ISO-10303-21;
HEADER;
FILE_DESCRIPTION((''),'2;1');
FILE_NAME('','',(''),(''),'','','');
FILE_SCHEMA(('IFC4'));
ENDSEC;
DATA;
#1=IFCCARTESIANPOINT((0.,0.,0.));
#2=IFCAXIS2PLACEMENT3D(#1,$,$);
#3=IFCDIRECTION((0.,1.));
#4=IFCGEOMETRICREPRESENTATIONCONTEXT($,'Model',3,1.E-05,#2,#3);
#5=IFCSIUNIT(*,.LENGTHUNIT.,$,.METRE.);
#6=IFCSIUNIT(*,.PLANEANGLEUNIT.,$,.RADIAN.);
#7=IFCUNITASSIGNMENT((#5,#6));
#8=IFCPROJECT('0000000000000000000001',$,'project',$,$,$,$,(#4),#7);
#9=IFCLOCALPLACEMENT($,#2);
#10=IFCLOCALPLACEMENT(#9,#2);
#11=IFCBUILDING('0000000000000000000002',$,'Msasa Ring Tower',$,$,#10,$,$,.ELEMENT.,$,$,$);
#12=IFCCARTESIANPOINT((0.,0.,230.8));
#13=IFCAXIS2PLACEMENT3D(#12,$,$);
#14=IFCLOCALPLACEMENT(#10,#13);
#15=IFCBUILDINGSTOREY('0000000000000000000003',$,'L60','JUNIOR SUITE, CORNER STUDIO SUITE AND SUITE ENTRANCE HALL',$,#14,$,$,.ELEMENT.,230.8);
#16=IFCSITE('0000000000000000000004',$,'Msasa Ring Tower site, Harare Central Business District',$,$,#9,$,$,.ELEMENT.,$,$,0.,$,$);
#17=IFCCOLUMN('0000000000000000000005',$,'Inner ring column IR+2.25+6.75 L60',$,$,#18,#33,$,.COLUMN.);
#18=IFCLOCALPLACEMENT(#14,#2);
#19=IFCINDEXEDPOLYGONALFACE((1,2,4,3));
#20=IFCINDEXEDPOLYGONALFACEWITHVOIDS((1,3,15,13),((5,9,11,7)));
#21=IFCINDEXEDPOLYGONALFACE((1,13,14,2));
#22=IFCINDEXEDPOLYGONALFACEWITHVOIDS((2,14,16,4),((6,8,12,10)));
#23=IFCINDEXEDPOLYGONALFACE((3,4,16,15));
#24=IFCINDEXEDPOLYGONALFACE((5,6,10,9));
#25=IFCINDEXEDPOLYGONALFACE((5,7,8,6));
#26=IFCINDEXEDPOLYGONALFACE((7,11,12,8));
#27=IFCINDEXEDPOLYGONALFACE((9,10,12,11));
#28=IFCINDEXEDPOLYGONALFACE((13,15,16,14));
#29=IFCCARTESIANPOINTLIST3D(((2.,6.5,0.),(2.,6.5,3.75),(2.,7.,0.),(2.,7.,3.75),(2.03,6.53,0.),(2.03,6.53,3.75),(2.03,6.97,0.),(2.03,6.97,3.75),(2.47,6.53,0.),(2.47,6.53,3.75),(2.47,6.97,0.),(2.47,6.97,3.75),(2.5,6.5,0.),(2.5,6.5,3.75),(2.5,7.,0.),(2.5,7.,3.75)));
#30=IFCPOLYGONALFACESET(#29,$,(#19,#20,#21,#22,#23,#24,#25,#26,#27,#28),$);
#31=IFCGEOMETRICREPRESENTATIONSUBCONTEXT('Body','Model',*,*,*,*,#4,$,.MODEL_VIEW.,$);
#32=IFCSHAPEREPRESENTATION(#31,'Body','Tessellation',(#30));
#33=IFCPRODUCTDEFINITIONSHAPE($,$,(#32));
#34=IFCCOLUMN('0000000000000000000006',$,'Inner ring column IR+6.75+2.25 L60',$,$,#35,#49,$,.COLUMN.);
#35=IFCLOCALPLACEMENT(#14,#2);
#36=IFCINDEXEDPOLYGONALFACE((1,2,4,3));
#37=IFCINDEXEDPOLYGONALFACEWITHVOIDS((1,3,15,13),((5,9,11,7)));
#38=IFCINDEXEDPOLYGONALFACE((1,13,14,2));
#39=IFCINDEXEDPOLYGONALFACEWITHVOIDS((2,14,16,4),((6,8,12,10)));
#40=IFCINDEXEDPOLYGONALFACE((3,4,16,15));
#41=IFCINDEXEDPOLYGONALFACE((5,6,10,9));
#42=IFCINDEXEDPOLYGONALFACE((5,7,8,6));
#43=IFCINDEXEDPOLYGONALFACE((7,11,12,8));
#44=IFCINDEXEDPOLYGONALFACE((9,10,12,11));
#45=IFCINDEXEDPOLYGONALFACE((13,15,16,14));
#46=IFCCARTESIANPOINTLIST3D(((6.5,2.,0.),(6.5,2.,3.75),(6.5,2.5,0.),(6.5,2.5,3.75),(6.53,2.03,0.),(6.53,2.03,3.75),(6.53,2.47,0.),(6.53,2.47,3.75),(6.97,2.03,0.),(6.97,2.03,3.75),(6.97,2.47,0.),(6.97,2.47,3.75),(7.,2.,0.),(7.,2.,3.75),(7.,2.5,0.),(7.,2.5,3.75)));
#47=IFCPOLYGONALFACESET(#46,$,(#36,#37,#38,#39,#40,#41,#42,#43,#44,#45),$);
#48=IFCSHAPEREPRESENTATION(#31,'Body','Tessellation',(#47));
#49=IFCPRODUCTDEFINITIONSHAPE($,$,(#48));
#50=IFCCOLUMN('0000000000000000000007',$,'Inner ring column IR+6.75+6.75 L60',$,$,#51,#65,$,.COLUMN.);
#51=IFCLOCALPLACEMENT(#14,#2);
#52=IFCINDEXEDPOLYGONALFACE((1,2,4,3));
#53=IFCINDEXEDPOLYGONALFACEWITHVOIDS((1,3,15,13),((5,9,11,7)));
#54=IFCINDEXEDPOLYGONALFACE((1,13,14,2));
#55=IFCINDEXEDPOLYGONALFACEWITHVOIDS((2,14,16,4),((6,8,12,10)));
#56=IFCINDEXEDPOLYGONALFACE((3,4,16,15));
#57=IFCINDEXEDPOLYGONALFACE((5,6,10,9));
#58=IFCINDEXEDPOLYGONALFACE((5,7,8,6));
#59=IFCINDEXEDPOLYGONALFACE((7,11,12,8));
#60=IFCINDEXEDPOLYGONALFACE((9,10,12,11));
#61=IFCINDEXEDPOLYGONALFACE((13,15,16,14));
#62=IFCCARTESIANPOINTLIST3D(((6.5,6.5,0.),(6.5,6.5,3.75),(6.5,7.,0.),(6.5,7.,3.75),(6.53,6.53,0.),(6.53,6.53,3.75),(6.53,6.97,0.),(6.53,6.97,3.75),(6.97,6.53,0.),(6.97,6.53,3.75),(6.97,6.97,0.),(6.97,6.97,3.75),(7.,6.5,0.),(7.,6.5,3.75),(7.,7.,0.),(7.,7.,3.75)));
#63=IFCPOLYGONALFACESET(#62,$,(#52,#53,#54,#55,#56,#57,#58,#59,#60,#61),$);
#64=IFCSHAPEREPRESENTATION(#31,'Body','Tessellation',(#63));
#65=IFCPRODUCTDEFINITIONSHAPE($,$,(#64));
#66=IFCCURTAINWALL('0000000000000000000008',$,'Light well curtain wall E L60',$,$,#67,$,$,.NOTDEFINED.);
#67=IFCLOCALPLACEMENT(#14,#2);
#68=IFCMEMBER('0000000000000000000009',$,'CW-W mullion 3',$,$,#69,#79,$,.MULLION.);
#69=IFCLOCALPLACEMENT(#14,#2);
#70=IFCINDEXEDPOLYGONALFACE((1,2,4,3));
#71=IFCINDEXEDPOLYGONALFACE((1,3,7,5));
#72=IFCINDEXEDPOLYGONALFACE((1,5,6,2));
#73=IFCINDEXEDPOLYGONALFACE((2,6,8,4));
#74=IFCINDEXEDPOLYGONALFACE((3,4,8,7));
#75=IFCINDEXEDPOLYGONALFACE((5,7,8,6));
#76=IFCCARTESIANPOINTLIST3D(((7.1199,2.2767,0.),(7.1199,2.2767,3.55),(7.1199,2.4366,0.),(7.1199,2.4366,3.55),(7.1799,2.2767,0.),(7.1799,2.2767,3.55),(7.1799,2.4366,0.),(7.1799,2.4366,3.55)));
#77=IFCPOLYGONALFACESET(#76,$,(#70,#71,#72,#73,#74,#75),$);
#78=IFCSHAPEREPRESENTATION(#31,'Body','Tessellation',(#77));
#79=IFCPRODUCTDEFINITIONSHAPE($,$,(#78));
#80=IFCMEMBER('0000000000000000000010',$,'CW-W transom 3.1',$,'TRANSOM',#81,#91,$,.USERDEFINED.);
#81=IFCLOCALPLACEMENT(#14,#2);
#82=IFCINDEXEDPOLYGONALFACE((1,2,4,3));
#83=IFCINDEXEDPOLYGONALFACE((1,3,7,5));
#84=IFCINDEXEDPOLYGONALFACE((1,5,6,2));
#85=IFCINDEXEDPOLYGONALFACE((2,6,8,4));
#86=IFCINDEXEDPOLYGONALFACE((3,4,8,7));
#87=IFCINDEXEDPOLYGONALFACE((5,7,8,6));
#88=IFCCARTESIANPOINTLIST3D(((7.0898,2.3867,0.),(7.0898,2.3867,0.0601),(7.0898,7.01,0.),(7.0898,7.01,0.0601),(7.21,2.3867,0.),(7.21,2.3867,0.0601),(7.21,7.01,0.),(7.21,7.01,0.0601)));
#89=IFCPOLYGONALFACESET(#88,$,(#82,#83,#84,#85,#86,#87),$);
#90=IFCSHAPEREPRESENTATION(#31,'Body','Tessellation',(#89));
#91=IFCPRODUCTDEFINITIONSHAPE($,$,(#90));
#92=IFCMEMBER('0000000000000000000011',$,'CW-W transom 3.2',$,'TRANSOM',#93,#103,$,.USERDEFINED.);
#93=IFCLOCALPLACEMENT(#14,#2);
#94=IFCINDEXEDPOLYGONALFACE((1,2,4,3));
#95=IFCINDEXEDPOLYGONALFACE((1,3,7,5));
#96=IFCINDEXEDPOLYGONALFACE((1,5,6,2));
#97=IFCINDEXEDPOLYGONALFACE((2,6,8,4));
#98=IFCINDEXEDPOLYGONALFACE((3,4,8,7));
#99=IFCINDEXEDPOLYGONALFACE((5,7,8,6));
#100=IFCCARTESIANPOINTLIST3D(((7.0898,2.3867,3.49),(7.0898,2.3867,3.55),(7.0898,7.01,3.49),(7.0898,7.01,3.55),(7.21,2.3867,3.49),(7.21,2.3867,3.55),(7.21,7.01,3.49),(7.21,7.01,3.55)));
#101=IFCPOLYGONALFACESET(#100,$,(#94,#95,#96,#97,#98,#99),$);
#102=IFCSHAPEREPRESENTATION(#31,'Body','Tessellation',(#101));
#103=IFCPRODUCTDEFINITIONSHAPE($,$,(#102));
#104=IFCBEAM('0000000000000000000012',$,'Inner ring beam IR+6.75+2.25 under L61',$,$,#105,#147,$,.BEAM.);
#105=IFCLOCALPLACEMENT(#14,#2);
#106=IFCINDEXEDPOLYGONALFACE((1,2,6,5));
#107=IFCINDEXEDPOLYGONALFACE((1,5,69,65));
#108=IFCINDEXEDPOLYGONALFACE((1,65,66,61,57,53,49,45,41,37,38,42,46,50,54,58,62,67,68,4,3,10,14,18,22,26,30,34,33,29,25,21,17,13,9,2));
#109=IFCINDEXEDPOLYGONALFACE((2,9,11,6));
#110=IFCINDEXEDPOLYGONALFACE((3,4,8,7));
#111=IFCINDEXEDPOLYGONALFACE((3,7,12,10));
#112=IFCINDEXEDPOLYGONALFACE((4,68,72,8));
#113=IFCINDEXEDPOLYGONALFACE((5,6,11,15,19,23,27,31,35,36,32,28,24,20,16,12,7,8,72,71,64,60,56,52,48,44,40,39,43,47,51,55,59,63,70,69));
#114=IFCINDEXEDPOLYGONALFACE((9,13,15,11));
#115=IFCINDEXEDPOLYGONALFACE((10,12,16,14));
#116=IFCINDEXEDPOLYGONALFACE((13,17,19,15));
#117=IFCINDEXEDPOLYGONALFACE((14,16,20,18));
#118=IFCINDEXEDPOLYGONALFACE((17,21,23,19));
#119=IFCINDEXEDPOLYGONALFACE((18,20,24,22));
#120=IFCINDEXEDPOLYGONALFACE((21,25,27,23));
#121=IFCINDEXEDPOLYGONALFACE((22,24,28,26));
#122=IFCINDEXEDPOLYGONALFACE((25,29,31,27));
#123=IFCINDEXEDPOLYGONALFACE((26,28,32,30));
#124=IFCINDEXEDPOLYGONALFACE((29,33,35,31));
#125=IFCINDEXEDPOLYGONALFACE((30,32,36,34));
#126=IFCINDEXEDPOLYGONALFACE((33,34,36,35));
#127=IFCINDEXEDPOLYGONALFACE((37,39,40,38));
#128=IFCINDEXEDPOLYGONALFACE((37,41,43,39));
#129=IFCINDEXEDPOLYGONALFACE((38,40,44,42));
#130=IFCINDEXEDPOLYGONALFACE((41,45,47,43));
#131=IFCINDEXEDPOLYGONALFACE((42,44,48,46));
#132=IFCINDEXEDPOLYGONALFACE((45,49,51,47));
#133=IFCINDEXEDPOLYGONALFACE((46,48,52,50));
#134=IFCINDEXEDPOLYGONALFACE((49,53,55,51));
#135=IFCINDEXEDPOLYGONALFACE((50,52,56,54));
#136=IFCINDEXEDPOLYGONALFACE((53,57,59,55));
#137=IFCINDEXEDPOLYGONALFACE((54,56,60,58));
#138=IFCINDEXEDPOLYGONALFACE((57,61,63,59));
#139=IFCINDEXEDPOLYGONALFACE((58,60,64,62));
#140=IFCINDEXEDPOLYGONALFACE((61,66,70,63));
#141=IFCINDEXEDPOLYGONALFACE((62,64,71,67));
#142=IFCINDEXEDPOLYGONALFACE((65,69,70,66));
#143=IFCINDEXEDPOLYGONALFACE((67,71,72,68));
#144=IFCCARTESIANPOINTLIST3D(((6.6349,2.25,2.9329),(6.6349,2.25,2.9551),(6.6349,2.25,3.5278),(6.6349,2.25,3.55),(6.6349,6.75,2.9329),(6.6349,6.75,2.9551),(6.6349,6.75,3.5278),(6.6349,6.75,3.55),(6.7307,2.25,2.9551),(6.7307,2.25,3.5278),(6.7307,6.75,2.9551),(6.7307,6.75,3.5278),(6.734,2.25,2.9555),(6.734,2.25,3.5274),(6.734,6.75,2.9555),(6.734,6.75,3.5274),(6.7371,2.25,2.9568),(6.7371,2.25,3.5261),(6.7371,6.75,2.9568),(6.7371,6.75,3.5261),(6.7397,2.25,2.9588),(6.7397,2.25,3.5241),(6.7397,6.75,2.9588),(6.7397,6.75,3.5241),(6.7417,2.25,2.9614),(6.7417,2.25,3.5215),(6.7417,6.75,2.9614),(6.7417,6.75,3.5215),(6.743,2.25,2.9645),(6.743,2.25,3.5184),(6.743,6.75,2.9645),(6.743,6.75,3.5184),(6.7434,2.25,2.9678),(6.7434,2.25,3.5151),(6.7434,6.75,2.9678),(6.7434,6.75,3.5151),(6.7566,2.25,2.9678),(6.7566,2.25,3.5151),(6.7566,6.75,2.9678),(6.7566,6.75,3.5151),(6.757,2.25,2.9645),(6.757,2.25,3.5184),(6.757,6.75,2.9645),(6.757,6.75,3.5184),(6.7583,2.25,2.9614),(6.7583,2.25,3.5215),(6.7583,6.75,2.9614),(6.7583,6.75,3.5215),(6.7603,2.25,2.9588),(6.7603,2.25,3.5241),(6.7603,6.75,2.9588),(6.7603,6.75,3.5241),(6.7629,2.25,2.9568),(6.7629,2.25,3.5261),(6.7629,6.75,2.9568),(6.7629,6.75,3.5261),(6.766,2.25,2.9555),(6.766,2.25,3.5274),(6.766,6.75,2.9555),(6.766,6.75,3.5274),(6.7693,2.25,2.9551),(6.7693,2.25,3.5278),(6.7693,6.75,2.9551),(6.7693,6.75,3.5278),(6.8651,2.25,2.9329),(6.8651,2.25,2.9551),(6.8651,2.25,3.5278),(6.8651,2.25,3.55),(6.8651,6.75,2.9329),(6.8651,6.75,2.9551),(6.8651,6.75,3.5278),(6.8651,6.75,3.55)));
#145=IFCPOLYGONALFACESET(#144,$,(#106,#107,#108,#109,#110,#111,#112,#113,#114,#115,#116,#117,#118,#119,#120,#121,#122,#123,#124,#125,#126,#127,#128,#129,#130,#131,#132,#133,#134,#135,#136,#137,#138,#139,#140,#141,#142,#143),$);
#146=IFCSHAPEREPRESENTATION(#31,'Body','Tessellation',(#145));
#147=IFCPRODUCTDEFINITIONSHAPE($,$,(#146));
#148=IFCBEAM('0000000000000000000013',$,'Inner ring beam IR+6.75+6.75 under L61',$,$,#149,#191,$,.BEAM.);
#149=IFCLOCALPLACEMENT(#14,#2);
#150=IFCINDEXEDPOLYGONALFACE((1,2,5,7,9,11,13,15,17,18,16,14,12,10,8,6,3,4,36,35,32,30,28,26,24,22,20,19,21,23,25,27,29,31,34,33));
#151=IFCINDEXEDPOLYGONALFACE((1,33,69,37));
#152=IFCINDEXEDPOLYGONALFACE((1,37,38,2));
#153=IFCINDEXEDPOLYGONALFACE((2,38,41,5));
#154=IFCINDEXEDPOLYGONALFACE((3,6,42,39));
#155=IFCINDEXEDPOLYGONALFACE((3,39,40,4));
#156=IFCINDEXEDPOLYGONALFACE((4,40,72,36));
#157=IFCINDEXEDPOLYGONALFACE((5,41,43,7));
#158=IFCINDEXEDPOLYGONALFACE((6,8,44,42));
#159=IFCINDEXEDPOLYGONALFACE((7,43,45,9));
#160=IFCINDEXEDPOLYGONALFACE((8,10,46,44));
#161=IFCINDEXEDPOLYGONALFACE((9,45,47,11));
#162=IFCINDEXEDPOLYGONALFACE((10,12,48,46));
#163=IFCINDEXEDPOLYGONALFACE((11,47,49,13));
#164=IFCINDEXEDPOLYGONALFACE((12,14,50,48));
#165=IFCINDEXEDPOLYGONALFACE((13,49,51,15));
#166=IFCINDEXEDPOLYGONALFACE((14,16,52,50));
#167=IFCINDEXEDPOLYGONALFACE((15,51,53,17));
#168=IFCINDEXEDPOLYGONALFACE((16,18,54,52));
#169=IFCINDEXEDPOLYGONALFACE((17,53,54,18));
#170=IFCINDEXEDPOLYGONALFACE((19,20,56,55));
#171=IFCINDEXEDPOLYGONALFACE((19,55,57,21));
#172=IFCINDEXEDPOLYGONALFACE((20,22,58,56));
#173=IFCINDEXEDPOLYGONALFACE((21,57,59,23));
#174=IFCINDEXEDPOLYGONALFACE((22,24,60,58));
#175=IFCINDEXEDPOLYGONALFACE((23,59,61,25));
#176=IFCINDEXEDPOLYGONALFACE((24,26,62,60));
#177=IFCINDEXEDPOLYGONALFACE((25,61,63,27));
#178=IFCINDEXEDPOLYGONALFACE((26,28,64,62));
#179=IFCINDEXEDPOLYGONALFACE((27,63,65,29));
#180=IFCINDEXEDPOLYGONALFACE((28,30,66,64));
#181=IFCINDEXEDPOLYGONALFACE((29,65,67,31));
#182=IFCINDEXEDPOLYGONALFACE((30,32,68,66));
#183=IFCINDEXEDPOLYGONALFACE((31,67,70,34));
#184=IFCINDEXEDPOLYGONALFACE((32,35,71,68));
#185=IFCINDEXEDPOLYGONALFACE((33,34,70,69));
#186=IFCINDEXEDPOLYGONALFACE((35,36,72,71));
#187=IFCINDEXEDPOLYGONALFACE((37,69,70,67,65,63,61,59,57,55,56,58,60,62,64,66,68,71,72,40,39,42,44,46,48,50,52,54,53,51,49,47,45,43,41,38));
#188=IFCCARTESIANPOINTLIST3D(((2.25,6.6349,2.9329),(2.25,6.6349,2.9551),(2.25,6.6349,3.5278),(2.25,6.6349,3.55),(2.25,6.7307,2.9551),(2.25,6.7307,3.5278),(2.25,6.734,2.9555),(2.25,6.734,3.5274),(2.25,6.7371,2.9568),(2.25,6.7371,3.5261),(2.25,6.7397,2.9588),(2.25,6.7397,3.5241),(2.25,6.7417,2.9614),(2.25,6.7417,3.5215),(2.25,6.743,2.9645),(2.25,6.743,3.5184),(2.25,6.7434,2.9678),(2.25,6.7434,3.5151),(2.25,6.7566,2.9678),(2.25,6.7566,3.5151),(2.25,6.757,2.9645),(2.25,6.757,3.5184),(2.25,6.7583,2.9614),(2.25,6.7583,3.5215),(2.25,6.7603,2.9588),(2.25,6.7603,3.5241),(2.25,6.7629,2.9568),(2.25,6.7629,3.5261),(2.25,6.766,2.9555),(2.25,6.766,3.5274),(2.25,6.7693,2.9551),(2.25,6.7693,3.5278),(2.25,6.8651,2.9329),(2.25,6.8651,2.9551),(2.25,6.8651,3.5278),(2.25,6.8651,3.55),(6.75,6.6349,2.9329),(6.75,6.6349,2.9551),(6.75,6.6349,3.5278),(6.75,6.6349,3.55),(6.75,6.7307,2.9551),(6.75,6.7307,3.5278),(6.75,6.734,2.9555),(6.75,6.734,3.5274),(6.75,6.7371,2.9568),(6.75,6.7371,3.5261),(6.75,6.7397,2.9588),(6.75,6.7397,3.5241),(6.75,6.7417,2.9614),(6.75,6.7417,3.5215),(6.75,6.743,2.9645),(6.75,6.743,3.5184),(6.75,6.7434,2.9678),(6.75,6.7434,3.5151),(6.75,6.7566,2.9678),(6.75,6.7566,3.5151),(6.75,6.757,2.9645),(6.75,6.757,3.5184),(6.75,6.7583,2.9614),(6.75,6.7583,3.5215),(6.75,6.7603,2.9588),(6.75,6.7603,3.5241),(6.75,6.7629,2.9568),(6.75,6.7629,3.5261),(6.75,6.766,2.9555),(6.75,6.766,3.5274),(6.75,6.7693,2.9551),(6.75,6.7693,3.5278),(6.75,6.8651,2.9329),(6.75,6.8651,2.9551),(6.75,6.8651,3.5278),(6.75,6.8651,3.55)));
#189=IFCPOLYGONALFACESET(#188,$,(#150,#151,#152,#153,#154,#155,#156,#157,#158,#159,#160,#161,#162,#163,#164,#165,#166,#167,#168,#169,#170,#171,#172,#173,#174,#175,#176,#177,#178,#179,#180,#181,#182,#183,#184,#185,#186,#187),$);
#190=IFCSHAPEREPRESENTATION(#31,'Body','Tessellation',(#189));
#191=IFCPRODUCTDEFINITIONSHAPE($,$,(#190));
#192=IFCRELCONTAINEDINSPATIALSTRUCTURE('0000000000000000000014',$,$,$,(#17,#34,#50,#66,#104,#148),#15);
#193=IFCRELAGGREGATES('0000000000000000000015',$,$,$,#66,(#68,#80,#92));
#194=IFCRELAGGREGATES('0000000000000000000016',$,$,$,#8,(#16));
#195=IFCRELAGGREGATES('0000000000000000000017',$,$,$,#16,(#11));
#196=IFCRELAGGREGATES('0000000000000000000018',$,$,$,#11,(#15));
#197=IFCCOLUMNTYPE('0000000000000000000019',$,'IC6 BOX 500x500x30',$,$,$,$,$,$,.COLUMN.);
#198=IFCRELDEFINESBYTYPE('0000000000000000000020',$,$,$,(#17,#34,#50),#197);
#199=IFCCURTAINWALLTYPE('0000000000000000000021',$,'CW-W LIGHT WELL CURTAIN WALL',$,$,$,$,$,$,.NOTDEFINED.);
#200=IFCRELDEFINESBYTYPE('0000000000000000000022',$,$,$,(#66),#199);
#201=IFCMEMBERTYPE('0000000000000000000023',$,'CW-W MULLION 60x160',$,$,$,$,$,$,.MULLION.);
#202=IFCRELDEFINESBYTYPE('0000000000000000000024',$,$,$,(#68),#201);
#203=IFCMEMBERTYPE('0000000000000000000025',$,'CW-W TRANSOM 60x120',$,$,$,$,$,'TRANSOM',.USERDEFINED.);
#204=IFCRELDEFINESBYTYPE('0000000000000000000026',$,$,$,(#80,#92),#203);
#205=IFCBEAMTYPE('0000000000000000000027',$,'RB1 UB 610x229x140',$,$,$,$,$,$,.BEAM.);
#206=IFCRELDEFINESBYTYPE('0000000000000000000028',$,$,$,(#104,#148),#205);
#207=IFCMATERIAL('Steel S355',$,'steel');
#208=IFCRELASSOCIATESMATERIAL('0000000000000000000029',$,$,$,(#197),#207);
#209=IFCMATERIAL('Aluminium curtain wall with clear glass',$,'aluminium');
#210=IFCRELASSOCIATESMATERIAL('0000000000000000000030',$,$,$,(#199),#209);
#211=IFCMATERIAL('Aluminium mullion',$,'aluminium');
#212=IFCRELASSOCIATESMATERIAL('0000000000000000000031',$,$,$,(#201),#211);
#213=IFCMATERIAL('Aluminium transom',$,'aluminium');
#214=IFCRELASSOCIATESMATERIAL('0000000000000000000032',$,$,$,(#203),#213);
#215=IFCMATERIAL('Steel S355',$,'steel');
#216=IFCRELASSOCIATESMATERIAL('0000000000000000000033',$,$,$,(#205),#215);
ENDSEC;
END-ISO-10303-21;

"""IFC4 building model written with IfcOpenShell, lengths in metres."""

from ifc_helpers import new_model, si_unit, direction, frame, origin, origin_2d, place, context, subcontext, project, spatial, rectangle, hollow_rectangle, i_section, extrude, material, material_profile, profile_set, type_object, element, aggregate, save


model = new_model("IFC4")

# Units and contexts
model_context = context("Model", 3, precision=1e-05, world=origin(), true_north=direction((0.0, 1.0)))
body_context = subcontext(model_context, "Body", "Model", "MODEL_VIEW")
ifc_project = project(units=[si_unit("LENGTHUNIT", "METRE"), si_unit("PLANEANGLEUNIT", "RADIAN")], contexts=[model_context])

# Site, building, storey
site_placement = place(None, origin())
site = spatial("IfcSite", under=ifc_project, at=site_placement, Name="Msasa Ring Tower site, Harare Central Business District", CompositionType="ELEMENT", RefElevation=0.0)
building_placement = place(site_placement, origin())
building = spatial("IfcBuilding", under=site, at=building_placement, Name="Msasa Ring Tower", CompositionType="ELEMENT")
storey_placement = place(building_placement, frame((0.0, 0.0, 230.8)))
storey = spatial("IfcBuildingStorey", under=building, at=storey_placement, Name="L60", Description="JUNIOR SUITE, CORNER STUDIO SUITE AND SUITE ENTRANCE HALL", CompositionType="ELEMENT", Elevation=230.8)

# Columns
ifc_material_1 = material(Name="Steel S355", Category="steel")
ifc_material_profile_1 = material_profile(ifc_material_1, hollow_rectangle(XDim=0.5, YDim=0.5, WallThickness=0.03, at=origin_2d()), Name="BOX 500x500x30")
ifc_profile_set_1 = profile_set([ifc_material_profile_1], Name="Steel S355")
column_type = type_object("IfcColumnType", Name="IC6 BOX 500x500x30", PredefinedType="COLUMN", material=ifc_profile_set_1)
for number, where, z_axis, x_axis, name in (
    (1, (2.25, 6.75, 0.0), (0.0, 0.0, 1.0), (1.0, 0.0, 0.0), "Inner ring column IR+2.25+6.75 L60"),
    (2, (6.75, 2.25, 0.0), (0.0, 0.0, 1.0), (1.0, 0.0, 0.0), "Inner ring column IR+6.75+2.25 L60"),
    (3, (6.75, 6.75, 0.0), (0.0, 0.0, 1.0), (1.0, 0.0, 0.0), "Inner ring column IR+6.75+6.75 L60"),
):
    element("IfcColumn", number, at=place(storey_placement, frame(where, z_axis=z_axis, x_axis=x_axis)), inside=storey, type_object=column_type, Name=name, PredefinedType="COLUMN", context=body_context, shape_type="SweptSolid", body=[
        extrude(hollow_rectangle(XDim=0.5, YDim=0.5, WallThickness=0.03, at=origin_2d()), origin(), (0.0, 0.0, 1.0), 3.75),
    ])

# Curtain wall, members
ifc_material_2 = material(Name="Aluminium curtain wall with clear glass", Category="aluminium")
curtain_wall_type = type_object("IfcCurtainWallType", Name="CW-W LIGHT WELL CURTAIN WALL", PredefinedType="NOTDEFINED", material=ifc_material_2)
curtain_wall_placement = place(storey_placement, origin())
curtain_wall = element("IfcCurtainWall", 4, at=curtain_wall_placement, inside=storey, type_object=curtain_wall_type, Name="Light well curtain wall E L60", PredefinedType="NOTDEFINED")
ifc_material_3 = material(Name="Aluminium mullion", Category="aluminium")
ifc_material_profile_2 = material_profile(ifc_material_3, rectangle(XDim=0.0601, YDim=0.1599, at=origin_2d()), Name="AL 60x160")
ifc_profile_set_2 = profile_set([ifc_material_profile_2], Name="Aluminium mullion")
member_type_1 = type_object("IfcMemberType", Name="CW-W MULLION 60x160", PredefinedType="MULLION", material=ifc_profile_set_2)
member_1_placement = place(storey_placement, frame((7.1499, 2.3567, 0.0), z_axis=(0.0, 0.0, 1.0), x_axis=(-1.0, 0.0, 0.0)))
member_1 = element("IfcMember", 5, at=member_1_placement, type_object=member_type_1, Name="CW-W mullion 3", PredefinedType="MULLION", context=body_context, shape_type="SweptSolid", body=[
    extrude(rectangle(XDim=0.0601, YDim=0.1599, at=origin_2d()), origin(), (0.0, 0.0, 1.0), 3.55),
])
ifc_material_4 = material(Name="Aluminium transom", Category="aluminium")
ifc_material_profile_3 = material_profile(ifc_material_4, rectangle(XDim=0.1201, YDim=0.0601, at=origin_2d()), Name="AL 60x120")
ifc_profile_set_3 = profile_set([ifc_material_profile_3], Name="Aluminium transom")
member_type_2 = type_object("IfcMemberType", Name="CW-W TRANSOM 60x120", ElementType="TRANSOM", PredefinedType="USERDEFINED", material=ifc_profile_set_3)
member_2_placement = place(storey_placement, frame((7.1499, 2.3867, 0.03), z_axis=(0.0, 1.0, 0.0), x_axis=(-1.0, 0.0, 0.0)))
member_2 = element("IfcMember", 6, at=member_2_placement, type_object=member_type_2, Name="CW-W transom 3.1", ObjectType="TRANSOM", PredefinedType="USERDEFINED", context=body_context, shape_type="SweptSolid", body=[
    extrude(rectangle(XDim=0.1201, YDim=0.0601, at=origin_2d()), origin(), (0.0, 0.0, 1.0), 4.6233),
])
member_3_placement = place(storey_placement, frame((7.1499, 2.3867, 3.52), z_axis=(0.0, 1.0, 0.0), x_axis=(-1.0, 0.0, 0.0)))
member_3 = element("IfcMember", 7, at=member_3_placement, type_object=member_type_2, Name="CW-W transom 3.2", ObjectType="TRANSOM", PredefinedType="USERDEFINED", context=body_context, shape_type="SweptSolid", body=[
    extrude(rectangle(XDim=0.1201, YDim=0.0601, at=origin_2d()), origin(), (0.0, 0.0, 1.0), 4.6233),
])

# Beams
ifc_material_5 = material(Name="Steel S355", Category="steel")
ifc_material_profile_4 = material_profile(ifc_material_5, i_section(OverallWidth=0.2302, OverallDepth=0.6172, WebThickness=0.0132, FlangeThickness=0.0222, FilletRadius=0.0127, at=origin_2d()), Name="UB 610x229x140")
ifc_profile_set_4 = profile_set([ifc_material_profile_4], Name="Steel S355")
beam_type = type_object("IfcBeamType", Name="RB1 UB 610x229x140", PredefinedType="BEAM", material=ifc_profile_set_4)
for number, where, z_axis, x_axis, name in (
    (8, (6.75, 2.25, 3.2415), (0.0, 1.0, 0.0), (-1.0, 0.0, 0.0), "Inner ring beam IR+6.75+2.25 under L61"),
    (9, (6.75, 6.75, 3.2415), (-1.0, 0.0, 0.0), (0.0, -1.0, 0.0), "Inner ring beam IR+6.75+6.75 under L61"),
):
    element("IfcBeam", number, at=place(storey_placement, frame(where, z_axis=z_axis, x_axis=x_axis)), inside=storey, type_object=beam_type, Name=name, PredefinedType="BEAM", context=body_context, shape_type="SweptSolid", body=[
        extrude(i_section(OverallWidth=0.2302, OverallDepth=0.6172, WebThickness=0.0132, FlangeThickness=0.0222, FilletRadius=0.0127, at=origin_2d()), origin(), (0.0, 0.0, 1.0), 4.5),
    ])

aggregate(curtain_wall, [member_1, member_2, member_3])

save(model, "model.ifc")
